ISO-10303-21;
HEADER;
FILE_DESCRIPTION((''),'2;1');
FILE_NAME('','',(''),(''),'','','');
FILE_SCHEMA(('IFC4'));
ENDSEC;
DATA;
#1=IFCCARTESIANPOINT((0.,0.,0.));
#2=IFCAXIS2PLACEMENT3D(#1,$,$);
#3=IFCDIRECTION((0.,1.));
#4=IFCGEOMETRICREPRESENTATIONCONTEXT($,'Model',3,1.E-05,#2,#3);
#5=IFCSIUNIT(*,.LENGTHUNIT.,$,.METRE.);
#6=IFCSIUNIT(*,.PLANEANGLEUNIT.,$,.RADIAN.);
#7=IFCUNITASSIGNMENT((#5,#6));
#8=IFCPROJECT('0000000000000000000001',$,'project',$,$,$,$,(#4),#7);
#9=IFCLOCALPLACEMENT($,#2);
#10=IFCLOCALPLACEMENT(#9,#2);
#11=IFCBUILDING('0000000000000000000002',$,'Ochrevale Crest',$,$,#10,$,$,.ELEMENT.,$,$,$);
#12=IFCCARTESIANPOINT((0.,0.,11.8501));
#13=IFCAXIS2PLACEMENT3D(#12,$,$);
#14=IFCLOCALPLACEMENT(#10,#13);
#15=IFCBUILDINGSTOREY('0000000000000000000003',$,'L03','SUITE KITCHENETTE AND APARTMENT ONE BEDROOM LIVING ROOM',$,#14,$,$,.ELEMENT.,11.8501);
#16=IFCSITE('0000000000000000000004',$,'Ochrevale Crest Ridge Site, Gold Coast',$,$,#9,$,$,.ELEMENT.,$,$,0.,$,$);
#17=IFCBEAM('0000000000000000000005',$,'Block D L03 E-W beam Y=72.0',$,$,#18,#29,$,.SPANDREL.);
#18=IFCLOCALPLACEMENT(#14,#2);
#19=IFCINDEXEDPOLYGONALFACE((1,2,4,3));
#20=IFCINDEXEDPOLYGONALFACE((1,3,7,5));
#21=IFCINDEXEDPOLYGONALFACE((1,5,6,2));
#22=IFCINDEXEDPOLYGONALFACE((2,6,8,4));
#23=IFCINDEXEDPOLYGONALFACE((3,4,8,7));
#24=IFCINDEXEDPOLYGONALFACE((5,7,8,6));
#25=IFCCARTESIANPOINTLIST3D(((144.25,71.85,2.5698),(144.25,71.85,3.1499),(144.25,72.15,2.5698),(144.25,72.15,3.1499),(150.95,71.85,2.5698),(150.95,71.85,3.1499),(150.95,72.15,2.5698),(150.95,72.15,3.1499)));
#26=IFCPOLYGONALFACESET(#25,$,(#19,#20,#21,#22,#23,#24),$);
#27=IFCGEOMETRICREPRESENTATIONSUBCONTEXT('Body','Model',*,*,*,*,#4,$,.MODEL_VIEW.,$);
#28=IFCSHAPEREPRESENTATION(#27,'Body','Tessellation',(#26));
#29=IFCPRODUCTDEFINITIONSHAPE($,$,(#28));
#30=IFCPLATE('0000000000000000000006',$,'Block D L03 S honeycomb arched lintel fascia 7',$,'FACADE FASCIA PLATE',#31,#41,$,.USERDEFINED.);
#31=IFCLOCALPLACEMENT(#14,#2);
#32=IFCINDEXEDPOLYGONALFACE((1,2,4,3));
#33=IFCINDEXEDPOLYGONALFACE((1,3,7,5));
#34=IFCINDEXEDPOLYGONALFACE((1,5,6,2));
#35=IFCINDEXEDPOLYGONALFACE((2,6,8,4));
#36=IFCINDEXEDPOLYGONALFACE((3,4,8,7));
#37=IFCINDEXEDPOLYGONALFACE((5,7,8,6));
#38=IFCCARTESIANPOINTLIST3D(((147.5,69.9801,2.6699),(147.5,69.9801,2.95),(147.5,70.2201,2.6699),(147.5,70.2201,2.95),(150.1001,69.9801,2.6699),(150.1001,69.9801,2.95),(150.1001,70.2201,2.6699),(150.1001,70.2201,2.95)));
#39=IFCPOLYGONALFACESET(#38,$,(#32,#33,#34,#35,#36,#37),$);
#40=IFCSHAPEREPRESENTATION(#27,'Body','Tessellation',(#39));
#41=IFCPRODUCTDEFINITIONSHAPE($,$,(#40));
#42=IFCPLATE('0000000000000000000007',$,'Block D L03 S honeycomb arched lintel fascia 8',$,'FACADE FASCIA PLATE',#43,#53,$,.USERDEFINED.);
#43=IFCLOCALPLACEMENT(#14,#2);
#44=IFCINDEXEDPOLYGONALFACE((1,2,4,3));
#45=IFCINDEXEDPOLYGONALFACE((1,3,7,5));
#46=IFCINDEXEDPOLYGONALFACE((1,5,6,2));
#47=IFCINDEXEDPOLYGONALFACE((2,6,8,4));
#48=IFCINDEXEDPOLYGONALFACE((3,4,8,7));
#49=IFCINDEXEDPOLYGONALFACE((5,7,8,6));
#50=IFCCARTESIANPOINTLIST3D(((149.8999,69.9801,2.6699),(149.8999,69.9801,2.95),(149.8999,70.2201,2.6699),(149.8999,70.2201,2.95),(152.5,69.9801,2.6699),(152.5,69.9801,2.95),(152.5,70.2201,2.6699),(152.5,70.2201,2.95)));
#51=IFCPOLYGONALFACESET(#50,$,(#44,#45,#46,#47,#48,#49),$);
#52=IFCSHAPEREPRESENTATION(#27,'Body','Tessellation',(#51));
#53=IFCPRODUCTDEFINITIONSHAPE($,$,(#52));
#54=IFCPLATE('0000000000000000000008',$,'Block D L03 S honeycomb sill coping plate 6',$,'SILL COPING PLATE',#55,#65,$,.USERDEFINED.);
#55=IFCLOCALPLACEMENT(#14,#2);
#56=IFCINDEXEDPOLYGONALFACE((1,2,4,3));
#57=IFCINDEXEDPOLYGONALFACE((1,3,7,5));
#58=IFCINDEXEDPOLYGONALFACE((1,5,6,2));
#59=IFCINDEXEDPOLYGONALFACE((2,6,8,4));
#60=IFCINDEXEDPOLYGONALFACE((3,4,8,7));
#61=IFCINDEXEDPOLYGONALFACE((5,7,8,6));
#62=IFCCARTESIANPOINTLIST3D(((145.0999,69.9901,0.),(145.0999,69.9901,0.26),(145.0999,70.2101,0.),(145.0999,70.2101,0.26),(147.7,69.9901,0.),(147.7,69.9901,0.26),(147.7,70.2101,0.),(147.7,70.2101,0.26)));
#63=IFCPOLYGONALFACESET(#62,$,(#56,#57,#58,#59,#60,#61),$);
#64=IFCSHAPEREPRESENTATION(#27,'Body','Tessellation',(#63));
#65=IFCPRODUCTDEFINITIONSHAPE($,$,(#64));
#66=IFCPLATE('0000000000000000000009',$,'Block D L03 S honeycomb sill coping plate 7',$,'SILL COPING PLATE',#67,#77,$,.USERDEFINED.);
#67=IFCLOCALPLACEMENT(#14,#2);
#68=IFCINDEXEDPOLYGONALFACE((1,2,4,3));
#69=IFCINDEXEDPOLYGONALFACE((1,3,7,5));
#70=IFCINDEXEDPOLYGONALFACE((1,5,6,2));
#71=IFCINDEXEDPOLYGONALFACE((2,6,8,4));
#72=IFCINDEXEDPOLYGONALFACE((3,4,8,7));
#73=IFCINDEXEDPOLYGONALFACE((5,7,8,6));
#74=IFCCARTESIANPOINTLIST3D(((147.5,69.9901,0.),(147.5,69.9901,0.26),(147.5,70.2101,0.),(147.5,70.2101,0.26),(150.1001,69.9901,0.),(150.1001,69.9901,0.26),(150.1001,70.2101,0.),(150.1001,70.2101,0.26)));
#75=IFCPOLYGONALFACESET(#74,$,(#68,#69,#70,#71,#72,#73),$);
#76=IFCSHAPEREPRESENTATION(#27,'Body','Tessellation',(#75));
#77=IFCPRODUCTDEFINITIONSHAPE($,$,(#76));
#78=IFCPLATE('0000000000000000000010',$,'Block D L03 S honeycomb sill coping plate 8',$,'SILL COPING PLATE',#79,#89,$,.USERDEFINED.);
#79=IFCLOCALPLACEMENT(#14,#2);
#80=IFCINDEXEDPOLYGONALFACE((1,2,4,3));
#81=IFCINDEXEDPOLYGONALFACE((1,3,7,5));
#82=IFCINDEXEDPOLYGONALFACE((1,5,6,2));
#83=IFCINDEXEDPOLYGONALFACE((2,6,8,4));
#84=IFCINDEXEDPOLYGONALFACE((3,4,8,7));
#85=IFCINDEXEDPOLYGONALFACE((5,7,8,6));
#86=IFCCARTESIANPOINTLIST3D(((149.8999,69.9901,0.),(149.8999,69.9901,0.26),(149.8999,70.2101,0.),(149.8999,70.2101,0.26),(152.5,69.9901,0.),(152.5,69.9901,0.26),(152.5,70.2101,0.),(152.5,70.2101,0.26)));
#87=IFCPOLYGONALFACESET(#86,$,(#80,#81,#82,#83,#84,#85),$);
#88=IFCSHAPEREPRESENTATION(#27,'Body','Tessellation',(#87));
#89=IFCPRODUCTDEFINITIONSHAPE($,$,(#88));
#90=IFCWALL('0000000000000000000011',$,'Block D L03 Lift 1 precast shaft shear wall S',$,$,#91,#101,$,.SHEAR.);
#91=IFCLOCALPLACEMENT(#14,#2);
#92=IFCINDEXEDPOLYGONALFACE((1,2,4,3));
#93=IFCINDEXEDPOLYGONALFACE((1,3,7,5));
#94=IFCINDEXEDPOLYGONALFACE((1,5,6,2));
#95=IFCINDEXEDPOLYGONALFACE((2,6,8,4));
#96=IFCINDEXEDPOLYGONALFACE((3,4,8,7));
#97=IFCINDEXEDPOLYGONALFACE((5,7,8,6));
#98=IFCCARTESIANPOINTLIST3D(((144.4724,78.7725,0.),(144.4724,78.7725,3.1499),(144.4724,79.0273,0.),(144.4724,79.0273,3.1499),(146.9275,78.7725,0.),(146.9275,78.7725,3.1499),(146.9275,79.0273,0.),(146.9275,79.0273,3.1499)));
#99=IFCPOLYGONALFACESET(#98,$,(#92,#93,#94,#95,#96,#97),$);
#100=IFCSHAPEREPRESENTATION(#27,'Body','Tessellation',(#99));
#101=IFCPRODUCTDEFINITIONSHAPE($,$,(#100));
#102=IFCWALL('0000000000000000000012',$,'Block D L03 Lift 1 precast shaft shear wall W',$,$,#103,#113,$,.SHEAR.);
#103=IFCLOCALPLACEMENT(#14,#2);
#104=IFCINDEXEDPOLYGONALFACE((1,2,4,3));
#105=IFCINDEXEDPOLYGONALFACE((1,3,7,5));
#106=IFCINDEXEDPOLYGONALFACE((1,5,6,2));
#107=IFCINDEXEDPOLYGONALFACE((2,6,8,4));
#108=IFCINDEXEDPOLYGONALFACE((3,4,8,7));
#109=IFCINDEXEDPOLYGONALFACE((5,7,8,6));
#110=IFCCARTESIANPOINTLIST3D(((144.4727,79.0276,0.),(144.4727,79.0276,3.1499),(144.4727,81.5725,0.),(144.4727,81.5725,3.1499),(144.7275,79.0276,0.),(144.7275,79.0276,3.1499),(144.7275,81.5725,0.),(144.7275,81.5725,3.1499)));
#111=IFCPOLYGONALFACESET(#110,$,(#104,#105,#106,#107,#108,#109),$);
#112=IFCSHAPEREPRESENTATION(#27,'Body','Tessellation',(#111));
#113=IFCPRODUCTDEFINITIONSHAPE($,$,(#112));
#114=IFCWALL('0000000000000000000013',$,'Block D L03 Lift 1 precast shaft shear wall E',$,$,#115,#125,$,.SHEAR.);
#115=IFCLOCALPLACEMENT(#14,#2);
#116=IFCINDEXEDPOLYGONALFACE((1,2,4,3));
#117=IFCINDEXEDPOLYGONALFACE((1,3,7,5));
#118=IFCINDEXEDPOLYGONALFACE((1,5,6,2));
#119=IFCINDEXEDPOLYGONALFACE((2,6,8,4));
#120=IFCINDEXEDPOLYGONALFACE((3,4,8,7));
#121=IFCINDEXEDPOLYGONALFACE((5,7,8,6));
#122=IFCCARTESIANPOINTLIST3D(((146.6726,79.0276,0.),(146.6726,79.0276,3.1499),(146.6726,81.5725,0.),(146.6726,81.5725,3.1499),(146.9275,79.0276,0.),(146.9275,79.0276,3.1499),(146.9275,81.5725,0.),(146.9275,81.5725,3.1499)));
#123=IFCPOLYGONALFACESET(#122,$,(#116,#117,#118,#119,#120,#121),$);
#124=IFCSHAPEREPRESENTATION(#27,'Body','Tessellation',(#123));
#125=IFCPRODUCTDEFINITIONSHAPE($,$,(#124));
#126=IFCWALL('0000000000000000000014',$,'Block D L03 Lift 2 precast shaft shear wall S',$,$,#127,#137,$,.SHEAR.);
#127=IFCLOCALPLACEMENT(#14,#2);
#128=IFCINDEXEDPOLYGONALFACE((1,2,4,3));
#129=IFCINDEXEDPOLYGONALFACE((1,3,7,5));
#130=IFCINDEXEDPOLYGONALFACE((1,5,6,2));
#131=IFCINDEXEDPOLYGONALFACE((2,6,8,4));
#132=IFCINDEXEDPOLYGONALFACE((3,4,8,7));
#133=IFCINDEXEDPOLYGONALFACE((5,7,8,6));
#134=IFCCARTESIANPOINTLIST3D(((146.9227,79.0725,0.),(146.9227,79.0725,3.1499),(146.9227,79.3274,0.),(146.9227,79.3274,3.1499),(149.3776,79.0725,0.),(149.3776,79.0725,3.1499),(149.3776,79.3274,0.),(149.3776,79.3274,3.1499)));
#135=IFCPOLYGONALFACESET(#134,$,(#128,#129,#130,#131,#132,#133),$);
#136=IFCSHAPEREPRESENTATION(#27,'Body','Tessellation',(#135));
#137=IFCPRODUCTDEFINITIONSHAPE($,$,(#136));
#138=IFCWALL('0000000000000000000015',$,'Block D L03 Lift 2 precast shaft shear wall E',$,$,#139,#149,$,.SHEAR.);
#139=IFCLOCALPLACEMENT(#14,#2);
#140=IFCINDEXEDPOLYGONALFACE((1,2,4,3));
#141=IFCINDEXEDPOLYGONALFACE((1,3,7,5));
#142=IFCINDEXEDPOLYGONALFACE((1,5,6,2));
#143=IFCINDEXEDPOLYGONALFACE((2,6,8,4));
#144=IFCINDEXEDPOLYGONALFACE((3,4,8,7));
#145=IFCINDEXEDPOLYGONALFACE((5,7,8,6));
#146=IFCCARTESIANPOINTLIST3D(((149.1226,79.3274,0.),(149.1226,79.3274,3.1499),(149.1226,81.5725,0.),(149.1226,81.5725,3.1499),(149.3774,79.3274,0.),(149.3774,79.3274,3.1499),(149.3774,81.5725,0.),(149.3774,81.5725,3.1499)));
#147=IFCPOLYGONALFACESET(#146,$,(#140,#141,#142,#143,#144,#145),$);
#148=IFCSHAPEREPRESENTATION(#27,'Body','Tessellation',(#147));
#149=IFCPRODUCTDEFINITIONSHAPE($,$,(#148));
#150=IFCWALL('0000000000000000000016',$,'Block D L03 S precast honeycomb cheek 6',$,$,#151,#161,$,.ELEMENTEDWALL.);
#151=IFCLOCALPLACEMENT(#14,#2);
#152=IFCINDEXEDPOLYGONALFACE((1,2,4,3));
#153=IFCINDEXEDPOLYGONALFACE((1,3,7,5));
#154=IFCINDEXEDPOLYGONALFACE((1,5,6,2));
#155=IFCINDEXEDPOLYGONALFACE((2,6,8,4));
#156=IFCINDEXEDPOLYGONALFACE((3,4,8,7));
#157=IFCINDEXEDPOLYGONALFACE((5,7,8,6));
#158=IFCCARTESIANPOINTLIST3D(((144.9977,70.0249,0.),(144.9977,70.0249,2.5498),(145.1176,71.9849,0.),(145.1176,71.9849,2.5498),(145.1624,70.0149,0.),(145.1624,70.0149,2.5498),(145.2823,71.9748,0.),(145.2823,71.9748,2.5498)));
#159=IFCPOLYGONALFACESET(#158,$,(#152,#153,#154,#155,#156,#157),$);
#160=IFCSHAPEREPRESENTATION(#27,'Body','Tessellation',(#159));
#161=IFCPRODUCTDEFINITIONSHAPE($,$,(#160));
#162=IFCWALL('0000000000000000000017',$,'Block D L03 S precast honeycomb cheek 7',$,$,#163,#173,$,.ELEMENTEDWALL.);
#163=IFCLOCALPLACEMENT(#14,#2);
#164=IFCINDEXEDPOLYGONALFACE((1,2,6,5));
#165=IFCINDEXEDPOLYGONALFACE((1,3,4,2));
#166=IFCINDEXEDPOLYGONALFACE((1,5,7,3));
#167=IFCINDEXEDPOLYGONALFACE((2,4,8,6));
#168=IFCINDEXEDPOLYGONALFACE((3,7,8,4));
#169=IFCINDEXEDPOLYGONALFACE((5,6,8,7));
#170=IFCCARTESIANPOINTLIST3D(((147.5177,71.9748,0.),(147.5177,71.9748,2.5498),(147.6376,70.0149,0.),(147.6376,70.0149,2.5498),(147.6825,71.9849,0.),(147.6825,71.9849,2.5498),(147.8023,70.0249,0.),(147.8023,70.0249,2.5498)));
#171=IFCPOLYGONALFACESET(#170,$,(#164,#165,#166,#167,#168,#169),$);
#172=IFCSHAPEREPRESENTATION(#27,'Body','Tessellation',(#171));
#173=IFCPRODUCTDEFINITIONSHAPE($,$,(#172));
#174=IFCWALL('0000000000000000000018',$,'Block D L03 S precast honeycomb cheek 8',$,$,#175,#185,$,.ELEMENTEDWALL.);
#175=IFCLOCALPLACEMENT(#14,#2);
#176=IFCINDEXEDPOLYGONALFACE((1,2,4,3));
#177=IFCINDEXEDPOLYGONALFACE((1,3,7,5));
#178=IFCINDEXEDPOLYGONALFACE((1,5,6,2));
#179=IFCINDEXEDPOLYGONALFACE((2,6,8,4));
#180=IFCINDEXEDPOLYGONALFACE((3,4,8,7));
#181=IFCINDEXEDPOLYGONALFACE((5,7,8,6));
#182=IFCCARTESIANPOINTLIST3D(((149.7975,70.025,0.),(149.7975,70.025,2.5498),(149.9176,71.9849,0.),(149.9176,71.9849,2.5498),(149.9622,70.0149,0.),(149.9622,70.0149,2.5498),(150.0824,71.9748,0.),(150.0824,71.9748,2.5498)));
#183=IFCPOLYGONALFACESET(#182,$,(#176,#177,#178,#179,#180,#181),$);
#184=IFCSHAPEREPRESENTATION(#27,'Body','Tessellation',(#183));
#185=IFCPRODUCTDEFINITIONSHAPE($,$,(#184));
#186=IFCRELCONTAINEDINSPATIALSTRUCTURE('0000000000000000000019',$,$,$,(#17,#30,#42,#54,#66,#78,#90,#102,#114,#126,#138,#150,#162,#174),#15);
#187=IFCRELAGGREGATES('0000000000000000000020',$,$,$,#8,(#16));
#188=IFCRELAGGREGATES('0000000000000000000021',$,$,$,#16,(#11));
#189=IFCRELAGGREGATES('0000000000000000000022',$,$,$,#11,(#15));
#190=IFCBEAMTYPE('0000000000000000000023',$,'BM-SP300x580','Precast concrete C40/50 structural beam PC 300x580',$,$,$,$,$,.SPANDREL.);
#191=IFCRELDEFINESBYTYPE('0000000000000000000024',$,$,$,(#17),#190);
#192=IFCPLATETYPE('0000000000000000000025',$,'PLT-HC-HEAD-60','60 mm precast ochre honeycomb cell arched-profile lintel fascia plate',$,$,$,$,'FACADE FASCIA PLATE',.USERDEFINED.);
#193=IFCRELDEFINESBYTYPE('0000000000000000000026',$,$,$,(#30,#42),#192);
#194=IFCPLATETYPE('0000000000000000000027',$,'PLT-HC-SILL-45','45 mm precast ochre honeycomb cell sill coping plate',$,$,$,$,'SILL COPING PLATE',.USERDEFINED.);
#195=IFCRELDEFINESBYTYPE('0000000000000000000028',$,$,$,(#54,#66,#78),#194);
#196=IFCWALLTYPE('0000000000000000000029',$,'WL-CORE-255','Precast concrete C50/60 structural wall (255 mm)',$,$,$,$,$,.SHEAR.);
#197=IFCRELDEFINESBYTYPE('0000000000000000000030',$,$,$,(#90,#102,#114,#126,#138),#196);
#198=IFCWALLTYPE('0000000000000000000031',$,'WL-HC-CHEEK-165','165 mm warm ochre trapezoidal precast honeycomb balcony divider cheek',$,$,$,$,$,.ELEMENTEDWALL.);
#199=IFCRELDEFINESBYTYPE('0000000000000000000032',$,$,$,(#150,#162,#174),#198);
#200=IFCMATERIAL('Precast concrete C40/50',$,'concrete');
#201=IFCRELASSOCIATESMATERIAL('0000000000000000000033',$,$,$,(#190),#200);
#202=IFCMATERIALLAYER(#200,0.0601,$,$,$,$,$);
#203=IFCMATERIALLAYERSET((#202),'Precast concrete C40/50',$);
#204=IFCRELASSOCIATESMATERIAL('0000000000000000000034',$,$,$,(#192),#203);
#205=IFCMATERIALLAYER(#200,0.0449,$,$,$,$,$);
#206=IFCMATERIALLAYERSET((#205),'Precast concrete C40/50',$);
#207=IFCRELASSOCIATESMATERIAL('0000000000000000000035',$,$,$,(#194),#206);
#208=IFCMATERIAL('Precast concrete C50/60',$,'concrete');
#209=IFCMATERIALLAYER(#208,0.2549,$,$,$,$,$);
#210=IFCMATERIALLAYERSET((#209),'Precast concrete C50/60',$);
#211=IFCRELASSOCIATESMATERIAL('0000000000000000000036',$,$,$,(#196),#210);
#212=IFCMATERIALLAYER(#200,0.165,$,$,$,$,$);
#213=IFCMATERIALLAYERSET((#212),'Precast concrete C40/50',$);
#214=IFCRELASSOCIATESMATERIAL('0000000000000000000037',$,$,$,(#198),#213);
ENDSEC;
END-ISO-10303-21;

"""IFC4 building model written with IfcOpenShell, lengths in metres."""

from ifc_helpers import new_model, si_unit, direction, frame, frame_2d, origin, origin_2d, place, context, subcontext, project, spatial, rectangle, extrude, material, layer, layer_set, material_profile, profile_set, type_object, element, save


model = new_model("IFC4")

# Units and contexts
model_context = context("Model", 3, precision=1e-05, world=origin(), true_north=direction((0.0, 1.0)))
body_context = subcontext(model_context, "Body", "Model", "MODEL_VIEW")
ifc_project = project(units=[si_unit("LENGTHUNIT", "METRE"), si_unit("PLANEANGLEUNIT", "RADIAN")], contexts=[model_context])

# Site, building, storey
site_placement = place(None, origin())
site = spatial("IfcSite", under=ifc_project, at=site_placement, Name="Ochrevale Crest Ridge Site, Gold Coast", CompositionType="ELEMENT", RefElevation=0.0)
building_placement = place(site_placement, origin())
building = spatial("IfcBuilding", under=site, at=building_placement, Name="Ochrevale Crest", CompositionType="ELEMENT")
storey_placement = place(building_placement, frame((0.0, 0.0, 11.8501)))
storey = spatial("IfcBuildingStorey", under=building, at=storey_placement, Name="L03", Description="SUITE KITCHENETTE AND APARTMENT ONE BEDROOM LIVING ROOM", CompositionType="ELEMENT", Elevation=11.8501)

# Beam
ifc_material_1 = material(Name="Precast concrete C40/50", Category="concrete")
ifc_material_profile = material_profile(ifc_material_1, rectangle(XDim=0.3, YDim=0.5801, at=origin_2d()), Name="PC 300x580")
ifc_profile_set = profile_set([ifc_material_profile], Name="Precast concrete C40/50")
beam_type = type_object("IfcBeamType", Name="BM-SP300x580", Description="Precast concrete C40/50 structural beam PC 300x580", PredefinedType="SPANDREL", material=ifc_profile_set)
beam_placement = place(storey_placement, frame((144.25, 72.0, 2.8599), z_axis=(1.0, 0.0, 0.0), x_axis=(0.0, 1.0, 0.0)))
element("IfcBeam", 1, at=beam_placement, inside=storey, type_object=beam_type, Name="Block D L03 E-W beam Y=72.0", PredefinedType="SPANDREL", context=body_context, shape_type="SweptSolid", body=[
    extrude(rectangle(XDim=0.3, YDim=0.5801, at=origin_2d()), origin(), (0.0, 0.0, 1.0), 6.7),
])

# Plates
ifc_layer_1 = layer(ifc_material_1, 0.0601)
ifc_layer_set_1 = layer_set([ifc_layer_1], Name="Precast concrete C40/50")
plate_type_1 = type_object("IfcPlateType", Name="PLT-HC-HEAD-60", Description="60 mm precast ochre honeycomb cell arched-profile lintel fascia plate", ElementType="FACADE FASCIA PLATE", PredefinedType="USERDEFINED", material=ifc_layer_set_1)
for number, where, z_axis, x_axis, name in (
    (2, (148.8, 70.1001, 2.6699), (0.0, 0.0, 1.0), (1.0, 0.0, 0.0), "Block D L03 S honeycomb arched lintel fascia 7"),
    (3, (151.2, 70.1001, 2.6699), (0.0, 0.0, 1.0), (1.0, 0.0, 0.0), "Block D L03 S honeycomb arched lintel fascia 8"),
):
    element("IfcPlate", number, at=place(storey_placement, frame(where, z_axis=z_axis, x_axis=x_axis)), inside=storey, type_object=plate_type_1, Name=name, ObjectType="FACADE FASCIA PLATE", PredefinedType="USERDEFINED", context=body_context, shape_type="SweptSolid", body=[
        extrude(rectangle(XDim=2.6001, YDim=0.24, at=origin_2d()), origin(), (0.0, 0.0, 1.0), 0.28),
    ])
ifc_layer_2 = layer(ifc_material_1, 0.0449)
ifc_layer_set_2 = layer_set([ifc_layer_2], Name="Precast concrete C40/50")
plate_type_2 = type_object("IfcPlateType", Name="PLT-HC-SILL-45", Description="45 mm precast ochre honeycomb cell sill coping plate", ElementType="SILL COPING PLATE", PredefinedType="USERDEFINED", material=ifc_layer_set_2)
for number, where, z_axis, x_axis, name in (
    (4, (146.3999, 70.1001, 0.0), (0.0, 0.0, 1.0), (1.0, 0.0, 0.0), "Block D L03 S honeycomb sill coping plate 6"),
    (5, (148.8, 70.1001, 0.0), (0.0, 0.0, 1.0), (1.0, 0.0, 0.0), "Block D L03 S honeycomb sill coping plate 7"),
    (6, (151.2, 70.1001, 0.0), (0.0, 0.0, 1.0), (1.0, 0.0, 0.0), "Block D L03 S honeycomb sill coping plate 8"),
):
    element("IfcPlate", number, at=place(storey_placement, frame(where, z_axis=z_axis, x_axis=x_axis)), inside=storey, type_object=plate_type_2, Name=name, ObjectType="SILL COPING PLATE", PredefinedType="USERDEFINED", context=body_context, shape_type="SweptSolid", body=[
        extrude(rectangle(XDim=2.6001, YDim=0.22, at=origin_2d()), origin(), (0.0, 0.0, 1.0), 0.26),
    ])

# Wall
ifc_material_2 = material(Name="Precast concrete C50/60", Category="concrete")
ifc_layer_3 = layer(ifc_material_2, 0.2549)
ifc_layer_set_3 = layer_set([ifc_layer_3], Name="Precast concrete C50/60")
wall_type_1 = type_object("IfcWallType", Name="WL-CORE-255", Description="Precast concrete C50/60 structural wall (255 mm)", PredefinedType="SHEAR", material=ifc_layer_set_3)
wall_1_placement = place(storey_placement, frame((144.4724, 78.8999, 0.0), z_axis=(0.0, 0.0, 1.0), x_axis=(1.0, 0.0, 0.0)))
element("IfcWall", 7, at=wall_1_placement, inside=storey, type_object=wall_type_1, Name="Block D L03 Lift 1 precast shaft shear wall S", PredefinedType="SHEAR", context=body_context, shape_type="SweptSolid", body=[
    extrude(rectangle(XDim=2.4551, YDim=0.2549, at=frame_2d((1.2275, 0.0))), origin(), (0.0, 0.0, 1.0), 3.1499),
])

# Walls
for number, where, z_axis, x_axis, name in (
    (8, (144.6001, 79.0276, 0.0), (0.0, 0.0, 1.0), (0.0, 1.0, 0.0), "Block D L03 Lift 1 precast shaft shear wall W"),
    (9, (146.8, 79.0276, 0.0), (0.0, 0.0, 1.0), (0.0, 1.0, 0.0), "Block D L03 Lift 1 precast shaft shear wall E"),
):
    element("IfcWall", number, at=place(storey_placement, frame(where, z_axis=z_axis, x_axis=x_axis)), inside=storey, type_object=wall_type_1, Name=name, PredefinedType="SHEAR", context=body_context, shape_type="SweptSolid", body=[
        extrude(rectangle(XDim=2.5449, YDim=0.2549, at=frame_2d((1.2725, 0.0))), origin(), (0.0, 0.0, 1.0), 3.1499),
    ])
wall_2_placement = place(storey_placement, frame((146.9226, 79.2, 0.0), z_axis=(0.0, 0.0, 1.0), x_axis=(1.0, 0.0, 0.0)))
element("IfcWall", 10, at=wall_2_placement, inside=storey, type_object=wall_type_1, Name="Block D L03 Lift 2 precast shaft shear wall S", PredefinedType="SHEAR", context=body_context, shape_type="SweptSolid", body=[
    extrude(rectangle(XDim=2.4548, YDim=0.2549, at=frame_2d((1.2275, 0.0))), origin(), (0.0, 0.0, 1.0), 3.1499),
])

# Walls
wall_3_placement = place(storey_placement, frame((149.25, 79.3274, 0.0), z_axis=(0.0, 0.0, 1.0), x_axis=(0.0, 1.0, 0.0)))
element("IfcWall", 11, at=wall_3_placement, inside=storey, type_object=wall_type_1, Name="Block D L03 Lift 2 precast shaft shear wall E", PredefinedType="SHEAR", context=body_context, shape_type="SweptSolid", body=[
    extrude(rectangle(XDim=2.2451, YDim=0.2549, at=frame_2d((1.1226, 0.0))), origin(), (0.0, 0.0, 1.0), 3.1499),
])
ifc_layer_4 = layer(ifc_material_1, 0.165)
ifc_layer_set_4 = layer_set([ifc_layer_4], Name="Precast concrete C40/50")
wall_type_2 = type_object("IfcWallType", Name="WL-HC-CHEEK-165", Description="165 mm warm ochre trapezoidal precast honeycomb balcony divider cheek", PredefinedType="ELEMENTEDWALL", material=ifc_layer_set_4)
for number, where, z_axis, x_axis, name in (
    (12, (145.2, 71.98, 0.0), (0.0, 0.0, 1.0), (-0.061047, -0.998135, 0.0), "Block D L03 S precast honeycomb cheek 6"),
    (13, (147.6001, 71.98, 0.0), (0.0, 0.0, 1.0), (0.061047, -0.998135, 0.0), "Block D L03 S precast honeycomb cheek 7"),
    (14, (150.0, 71.98, 0.0), (0.0, 0.0, 1.0), (-0.061171, -0.998127, 0.0), "Block D L03 S precast honeycomb cheek 8"),
):
    element("IfcWall", number, at=place(storey_placement, frame(where, z_axis=z_axis, x_axis=x_axis)), inside=storey, type_object=wall_type_2, Name=name, PredefinedType="ELEMENTEDWALL", context=body_context, shape_type="SweptSolid", body=[
        extrude(rectangle(XDim=1.9636, YDim=0.165, at=frame_2d((0.9819, 0.0))), origin(), (0.0, 0.0, 1.0), 2.5498),
    ])

save(model, "model.ifc")
